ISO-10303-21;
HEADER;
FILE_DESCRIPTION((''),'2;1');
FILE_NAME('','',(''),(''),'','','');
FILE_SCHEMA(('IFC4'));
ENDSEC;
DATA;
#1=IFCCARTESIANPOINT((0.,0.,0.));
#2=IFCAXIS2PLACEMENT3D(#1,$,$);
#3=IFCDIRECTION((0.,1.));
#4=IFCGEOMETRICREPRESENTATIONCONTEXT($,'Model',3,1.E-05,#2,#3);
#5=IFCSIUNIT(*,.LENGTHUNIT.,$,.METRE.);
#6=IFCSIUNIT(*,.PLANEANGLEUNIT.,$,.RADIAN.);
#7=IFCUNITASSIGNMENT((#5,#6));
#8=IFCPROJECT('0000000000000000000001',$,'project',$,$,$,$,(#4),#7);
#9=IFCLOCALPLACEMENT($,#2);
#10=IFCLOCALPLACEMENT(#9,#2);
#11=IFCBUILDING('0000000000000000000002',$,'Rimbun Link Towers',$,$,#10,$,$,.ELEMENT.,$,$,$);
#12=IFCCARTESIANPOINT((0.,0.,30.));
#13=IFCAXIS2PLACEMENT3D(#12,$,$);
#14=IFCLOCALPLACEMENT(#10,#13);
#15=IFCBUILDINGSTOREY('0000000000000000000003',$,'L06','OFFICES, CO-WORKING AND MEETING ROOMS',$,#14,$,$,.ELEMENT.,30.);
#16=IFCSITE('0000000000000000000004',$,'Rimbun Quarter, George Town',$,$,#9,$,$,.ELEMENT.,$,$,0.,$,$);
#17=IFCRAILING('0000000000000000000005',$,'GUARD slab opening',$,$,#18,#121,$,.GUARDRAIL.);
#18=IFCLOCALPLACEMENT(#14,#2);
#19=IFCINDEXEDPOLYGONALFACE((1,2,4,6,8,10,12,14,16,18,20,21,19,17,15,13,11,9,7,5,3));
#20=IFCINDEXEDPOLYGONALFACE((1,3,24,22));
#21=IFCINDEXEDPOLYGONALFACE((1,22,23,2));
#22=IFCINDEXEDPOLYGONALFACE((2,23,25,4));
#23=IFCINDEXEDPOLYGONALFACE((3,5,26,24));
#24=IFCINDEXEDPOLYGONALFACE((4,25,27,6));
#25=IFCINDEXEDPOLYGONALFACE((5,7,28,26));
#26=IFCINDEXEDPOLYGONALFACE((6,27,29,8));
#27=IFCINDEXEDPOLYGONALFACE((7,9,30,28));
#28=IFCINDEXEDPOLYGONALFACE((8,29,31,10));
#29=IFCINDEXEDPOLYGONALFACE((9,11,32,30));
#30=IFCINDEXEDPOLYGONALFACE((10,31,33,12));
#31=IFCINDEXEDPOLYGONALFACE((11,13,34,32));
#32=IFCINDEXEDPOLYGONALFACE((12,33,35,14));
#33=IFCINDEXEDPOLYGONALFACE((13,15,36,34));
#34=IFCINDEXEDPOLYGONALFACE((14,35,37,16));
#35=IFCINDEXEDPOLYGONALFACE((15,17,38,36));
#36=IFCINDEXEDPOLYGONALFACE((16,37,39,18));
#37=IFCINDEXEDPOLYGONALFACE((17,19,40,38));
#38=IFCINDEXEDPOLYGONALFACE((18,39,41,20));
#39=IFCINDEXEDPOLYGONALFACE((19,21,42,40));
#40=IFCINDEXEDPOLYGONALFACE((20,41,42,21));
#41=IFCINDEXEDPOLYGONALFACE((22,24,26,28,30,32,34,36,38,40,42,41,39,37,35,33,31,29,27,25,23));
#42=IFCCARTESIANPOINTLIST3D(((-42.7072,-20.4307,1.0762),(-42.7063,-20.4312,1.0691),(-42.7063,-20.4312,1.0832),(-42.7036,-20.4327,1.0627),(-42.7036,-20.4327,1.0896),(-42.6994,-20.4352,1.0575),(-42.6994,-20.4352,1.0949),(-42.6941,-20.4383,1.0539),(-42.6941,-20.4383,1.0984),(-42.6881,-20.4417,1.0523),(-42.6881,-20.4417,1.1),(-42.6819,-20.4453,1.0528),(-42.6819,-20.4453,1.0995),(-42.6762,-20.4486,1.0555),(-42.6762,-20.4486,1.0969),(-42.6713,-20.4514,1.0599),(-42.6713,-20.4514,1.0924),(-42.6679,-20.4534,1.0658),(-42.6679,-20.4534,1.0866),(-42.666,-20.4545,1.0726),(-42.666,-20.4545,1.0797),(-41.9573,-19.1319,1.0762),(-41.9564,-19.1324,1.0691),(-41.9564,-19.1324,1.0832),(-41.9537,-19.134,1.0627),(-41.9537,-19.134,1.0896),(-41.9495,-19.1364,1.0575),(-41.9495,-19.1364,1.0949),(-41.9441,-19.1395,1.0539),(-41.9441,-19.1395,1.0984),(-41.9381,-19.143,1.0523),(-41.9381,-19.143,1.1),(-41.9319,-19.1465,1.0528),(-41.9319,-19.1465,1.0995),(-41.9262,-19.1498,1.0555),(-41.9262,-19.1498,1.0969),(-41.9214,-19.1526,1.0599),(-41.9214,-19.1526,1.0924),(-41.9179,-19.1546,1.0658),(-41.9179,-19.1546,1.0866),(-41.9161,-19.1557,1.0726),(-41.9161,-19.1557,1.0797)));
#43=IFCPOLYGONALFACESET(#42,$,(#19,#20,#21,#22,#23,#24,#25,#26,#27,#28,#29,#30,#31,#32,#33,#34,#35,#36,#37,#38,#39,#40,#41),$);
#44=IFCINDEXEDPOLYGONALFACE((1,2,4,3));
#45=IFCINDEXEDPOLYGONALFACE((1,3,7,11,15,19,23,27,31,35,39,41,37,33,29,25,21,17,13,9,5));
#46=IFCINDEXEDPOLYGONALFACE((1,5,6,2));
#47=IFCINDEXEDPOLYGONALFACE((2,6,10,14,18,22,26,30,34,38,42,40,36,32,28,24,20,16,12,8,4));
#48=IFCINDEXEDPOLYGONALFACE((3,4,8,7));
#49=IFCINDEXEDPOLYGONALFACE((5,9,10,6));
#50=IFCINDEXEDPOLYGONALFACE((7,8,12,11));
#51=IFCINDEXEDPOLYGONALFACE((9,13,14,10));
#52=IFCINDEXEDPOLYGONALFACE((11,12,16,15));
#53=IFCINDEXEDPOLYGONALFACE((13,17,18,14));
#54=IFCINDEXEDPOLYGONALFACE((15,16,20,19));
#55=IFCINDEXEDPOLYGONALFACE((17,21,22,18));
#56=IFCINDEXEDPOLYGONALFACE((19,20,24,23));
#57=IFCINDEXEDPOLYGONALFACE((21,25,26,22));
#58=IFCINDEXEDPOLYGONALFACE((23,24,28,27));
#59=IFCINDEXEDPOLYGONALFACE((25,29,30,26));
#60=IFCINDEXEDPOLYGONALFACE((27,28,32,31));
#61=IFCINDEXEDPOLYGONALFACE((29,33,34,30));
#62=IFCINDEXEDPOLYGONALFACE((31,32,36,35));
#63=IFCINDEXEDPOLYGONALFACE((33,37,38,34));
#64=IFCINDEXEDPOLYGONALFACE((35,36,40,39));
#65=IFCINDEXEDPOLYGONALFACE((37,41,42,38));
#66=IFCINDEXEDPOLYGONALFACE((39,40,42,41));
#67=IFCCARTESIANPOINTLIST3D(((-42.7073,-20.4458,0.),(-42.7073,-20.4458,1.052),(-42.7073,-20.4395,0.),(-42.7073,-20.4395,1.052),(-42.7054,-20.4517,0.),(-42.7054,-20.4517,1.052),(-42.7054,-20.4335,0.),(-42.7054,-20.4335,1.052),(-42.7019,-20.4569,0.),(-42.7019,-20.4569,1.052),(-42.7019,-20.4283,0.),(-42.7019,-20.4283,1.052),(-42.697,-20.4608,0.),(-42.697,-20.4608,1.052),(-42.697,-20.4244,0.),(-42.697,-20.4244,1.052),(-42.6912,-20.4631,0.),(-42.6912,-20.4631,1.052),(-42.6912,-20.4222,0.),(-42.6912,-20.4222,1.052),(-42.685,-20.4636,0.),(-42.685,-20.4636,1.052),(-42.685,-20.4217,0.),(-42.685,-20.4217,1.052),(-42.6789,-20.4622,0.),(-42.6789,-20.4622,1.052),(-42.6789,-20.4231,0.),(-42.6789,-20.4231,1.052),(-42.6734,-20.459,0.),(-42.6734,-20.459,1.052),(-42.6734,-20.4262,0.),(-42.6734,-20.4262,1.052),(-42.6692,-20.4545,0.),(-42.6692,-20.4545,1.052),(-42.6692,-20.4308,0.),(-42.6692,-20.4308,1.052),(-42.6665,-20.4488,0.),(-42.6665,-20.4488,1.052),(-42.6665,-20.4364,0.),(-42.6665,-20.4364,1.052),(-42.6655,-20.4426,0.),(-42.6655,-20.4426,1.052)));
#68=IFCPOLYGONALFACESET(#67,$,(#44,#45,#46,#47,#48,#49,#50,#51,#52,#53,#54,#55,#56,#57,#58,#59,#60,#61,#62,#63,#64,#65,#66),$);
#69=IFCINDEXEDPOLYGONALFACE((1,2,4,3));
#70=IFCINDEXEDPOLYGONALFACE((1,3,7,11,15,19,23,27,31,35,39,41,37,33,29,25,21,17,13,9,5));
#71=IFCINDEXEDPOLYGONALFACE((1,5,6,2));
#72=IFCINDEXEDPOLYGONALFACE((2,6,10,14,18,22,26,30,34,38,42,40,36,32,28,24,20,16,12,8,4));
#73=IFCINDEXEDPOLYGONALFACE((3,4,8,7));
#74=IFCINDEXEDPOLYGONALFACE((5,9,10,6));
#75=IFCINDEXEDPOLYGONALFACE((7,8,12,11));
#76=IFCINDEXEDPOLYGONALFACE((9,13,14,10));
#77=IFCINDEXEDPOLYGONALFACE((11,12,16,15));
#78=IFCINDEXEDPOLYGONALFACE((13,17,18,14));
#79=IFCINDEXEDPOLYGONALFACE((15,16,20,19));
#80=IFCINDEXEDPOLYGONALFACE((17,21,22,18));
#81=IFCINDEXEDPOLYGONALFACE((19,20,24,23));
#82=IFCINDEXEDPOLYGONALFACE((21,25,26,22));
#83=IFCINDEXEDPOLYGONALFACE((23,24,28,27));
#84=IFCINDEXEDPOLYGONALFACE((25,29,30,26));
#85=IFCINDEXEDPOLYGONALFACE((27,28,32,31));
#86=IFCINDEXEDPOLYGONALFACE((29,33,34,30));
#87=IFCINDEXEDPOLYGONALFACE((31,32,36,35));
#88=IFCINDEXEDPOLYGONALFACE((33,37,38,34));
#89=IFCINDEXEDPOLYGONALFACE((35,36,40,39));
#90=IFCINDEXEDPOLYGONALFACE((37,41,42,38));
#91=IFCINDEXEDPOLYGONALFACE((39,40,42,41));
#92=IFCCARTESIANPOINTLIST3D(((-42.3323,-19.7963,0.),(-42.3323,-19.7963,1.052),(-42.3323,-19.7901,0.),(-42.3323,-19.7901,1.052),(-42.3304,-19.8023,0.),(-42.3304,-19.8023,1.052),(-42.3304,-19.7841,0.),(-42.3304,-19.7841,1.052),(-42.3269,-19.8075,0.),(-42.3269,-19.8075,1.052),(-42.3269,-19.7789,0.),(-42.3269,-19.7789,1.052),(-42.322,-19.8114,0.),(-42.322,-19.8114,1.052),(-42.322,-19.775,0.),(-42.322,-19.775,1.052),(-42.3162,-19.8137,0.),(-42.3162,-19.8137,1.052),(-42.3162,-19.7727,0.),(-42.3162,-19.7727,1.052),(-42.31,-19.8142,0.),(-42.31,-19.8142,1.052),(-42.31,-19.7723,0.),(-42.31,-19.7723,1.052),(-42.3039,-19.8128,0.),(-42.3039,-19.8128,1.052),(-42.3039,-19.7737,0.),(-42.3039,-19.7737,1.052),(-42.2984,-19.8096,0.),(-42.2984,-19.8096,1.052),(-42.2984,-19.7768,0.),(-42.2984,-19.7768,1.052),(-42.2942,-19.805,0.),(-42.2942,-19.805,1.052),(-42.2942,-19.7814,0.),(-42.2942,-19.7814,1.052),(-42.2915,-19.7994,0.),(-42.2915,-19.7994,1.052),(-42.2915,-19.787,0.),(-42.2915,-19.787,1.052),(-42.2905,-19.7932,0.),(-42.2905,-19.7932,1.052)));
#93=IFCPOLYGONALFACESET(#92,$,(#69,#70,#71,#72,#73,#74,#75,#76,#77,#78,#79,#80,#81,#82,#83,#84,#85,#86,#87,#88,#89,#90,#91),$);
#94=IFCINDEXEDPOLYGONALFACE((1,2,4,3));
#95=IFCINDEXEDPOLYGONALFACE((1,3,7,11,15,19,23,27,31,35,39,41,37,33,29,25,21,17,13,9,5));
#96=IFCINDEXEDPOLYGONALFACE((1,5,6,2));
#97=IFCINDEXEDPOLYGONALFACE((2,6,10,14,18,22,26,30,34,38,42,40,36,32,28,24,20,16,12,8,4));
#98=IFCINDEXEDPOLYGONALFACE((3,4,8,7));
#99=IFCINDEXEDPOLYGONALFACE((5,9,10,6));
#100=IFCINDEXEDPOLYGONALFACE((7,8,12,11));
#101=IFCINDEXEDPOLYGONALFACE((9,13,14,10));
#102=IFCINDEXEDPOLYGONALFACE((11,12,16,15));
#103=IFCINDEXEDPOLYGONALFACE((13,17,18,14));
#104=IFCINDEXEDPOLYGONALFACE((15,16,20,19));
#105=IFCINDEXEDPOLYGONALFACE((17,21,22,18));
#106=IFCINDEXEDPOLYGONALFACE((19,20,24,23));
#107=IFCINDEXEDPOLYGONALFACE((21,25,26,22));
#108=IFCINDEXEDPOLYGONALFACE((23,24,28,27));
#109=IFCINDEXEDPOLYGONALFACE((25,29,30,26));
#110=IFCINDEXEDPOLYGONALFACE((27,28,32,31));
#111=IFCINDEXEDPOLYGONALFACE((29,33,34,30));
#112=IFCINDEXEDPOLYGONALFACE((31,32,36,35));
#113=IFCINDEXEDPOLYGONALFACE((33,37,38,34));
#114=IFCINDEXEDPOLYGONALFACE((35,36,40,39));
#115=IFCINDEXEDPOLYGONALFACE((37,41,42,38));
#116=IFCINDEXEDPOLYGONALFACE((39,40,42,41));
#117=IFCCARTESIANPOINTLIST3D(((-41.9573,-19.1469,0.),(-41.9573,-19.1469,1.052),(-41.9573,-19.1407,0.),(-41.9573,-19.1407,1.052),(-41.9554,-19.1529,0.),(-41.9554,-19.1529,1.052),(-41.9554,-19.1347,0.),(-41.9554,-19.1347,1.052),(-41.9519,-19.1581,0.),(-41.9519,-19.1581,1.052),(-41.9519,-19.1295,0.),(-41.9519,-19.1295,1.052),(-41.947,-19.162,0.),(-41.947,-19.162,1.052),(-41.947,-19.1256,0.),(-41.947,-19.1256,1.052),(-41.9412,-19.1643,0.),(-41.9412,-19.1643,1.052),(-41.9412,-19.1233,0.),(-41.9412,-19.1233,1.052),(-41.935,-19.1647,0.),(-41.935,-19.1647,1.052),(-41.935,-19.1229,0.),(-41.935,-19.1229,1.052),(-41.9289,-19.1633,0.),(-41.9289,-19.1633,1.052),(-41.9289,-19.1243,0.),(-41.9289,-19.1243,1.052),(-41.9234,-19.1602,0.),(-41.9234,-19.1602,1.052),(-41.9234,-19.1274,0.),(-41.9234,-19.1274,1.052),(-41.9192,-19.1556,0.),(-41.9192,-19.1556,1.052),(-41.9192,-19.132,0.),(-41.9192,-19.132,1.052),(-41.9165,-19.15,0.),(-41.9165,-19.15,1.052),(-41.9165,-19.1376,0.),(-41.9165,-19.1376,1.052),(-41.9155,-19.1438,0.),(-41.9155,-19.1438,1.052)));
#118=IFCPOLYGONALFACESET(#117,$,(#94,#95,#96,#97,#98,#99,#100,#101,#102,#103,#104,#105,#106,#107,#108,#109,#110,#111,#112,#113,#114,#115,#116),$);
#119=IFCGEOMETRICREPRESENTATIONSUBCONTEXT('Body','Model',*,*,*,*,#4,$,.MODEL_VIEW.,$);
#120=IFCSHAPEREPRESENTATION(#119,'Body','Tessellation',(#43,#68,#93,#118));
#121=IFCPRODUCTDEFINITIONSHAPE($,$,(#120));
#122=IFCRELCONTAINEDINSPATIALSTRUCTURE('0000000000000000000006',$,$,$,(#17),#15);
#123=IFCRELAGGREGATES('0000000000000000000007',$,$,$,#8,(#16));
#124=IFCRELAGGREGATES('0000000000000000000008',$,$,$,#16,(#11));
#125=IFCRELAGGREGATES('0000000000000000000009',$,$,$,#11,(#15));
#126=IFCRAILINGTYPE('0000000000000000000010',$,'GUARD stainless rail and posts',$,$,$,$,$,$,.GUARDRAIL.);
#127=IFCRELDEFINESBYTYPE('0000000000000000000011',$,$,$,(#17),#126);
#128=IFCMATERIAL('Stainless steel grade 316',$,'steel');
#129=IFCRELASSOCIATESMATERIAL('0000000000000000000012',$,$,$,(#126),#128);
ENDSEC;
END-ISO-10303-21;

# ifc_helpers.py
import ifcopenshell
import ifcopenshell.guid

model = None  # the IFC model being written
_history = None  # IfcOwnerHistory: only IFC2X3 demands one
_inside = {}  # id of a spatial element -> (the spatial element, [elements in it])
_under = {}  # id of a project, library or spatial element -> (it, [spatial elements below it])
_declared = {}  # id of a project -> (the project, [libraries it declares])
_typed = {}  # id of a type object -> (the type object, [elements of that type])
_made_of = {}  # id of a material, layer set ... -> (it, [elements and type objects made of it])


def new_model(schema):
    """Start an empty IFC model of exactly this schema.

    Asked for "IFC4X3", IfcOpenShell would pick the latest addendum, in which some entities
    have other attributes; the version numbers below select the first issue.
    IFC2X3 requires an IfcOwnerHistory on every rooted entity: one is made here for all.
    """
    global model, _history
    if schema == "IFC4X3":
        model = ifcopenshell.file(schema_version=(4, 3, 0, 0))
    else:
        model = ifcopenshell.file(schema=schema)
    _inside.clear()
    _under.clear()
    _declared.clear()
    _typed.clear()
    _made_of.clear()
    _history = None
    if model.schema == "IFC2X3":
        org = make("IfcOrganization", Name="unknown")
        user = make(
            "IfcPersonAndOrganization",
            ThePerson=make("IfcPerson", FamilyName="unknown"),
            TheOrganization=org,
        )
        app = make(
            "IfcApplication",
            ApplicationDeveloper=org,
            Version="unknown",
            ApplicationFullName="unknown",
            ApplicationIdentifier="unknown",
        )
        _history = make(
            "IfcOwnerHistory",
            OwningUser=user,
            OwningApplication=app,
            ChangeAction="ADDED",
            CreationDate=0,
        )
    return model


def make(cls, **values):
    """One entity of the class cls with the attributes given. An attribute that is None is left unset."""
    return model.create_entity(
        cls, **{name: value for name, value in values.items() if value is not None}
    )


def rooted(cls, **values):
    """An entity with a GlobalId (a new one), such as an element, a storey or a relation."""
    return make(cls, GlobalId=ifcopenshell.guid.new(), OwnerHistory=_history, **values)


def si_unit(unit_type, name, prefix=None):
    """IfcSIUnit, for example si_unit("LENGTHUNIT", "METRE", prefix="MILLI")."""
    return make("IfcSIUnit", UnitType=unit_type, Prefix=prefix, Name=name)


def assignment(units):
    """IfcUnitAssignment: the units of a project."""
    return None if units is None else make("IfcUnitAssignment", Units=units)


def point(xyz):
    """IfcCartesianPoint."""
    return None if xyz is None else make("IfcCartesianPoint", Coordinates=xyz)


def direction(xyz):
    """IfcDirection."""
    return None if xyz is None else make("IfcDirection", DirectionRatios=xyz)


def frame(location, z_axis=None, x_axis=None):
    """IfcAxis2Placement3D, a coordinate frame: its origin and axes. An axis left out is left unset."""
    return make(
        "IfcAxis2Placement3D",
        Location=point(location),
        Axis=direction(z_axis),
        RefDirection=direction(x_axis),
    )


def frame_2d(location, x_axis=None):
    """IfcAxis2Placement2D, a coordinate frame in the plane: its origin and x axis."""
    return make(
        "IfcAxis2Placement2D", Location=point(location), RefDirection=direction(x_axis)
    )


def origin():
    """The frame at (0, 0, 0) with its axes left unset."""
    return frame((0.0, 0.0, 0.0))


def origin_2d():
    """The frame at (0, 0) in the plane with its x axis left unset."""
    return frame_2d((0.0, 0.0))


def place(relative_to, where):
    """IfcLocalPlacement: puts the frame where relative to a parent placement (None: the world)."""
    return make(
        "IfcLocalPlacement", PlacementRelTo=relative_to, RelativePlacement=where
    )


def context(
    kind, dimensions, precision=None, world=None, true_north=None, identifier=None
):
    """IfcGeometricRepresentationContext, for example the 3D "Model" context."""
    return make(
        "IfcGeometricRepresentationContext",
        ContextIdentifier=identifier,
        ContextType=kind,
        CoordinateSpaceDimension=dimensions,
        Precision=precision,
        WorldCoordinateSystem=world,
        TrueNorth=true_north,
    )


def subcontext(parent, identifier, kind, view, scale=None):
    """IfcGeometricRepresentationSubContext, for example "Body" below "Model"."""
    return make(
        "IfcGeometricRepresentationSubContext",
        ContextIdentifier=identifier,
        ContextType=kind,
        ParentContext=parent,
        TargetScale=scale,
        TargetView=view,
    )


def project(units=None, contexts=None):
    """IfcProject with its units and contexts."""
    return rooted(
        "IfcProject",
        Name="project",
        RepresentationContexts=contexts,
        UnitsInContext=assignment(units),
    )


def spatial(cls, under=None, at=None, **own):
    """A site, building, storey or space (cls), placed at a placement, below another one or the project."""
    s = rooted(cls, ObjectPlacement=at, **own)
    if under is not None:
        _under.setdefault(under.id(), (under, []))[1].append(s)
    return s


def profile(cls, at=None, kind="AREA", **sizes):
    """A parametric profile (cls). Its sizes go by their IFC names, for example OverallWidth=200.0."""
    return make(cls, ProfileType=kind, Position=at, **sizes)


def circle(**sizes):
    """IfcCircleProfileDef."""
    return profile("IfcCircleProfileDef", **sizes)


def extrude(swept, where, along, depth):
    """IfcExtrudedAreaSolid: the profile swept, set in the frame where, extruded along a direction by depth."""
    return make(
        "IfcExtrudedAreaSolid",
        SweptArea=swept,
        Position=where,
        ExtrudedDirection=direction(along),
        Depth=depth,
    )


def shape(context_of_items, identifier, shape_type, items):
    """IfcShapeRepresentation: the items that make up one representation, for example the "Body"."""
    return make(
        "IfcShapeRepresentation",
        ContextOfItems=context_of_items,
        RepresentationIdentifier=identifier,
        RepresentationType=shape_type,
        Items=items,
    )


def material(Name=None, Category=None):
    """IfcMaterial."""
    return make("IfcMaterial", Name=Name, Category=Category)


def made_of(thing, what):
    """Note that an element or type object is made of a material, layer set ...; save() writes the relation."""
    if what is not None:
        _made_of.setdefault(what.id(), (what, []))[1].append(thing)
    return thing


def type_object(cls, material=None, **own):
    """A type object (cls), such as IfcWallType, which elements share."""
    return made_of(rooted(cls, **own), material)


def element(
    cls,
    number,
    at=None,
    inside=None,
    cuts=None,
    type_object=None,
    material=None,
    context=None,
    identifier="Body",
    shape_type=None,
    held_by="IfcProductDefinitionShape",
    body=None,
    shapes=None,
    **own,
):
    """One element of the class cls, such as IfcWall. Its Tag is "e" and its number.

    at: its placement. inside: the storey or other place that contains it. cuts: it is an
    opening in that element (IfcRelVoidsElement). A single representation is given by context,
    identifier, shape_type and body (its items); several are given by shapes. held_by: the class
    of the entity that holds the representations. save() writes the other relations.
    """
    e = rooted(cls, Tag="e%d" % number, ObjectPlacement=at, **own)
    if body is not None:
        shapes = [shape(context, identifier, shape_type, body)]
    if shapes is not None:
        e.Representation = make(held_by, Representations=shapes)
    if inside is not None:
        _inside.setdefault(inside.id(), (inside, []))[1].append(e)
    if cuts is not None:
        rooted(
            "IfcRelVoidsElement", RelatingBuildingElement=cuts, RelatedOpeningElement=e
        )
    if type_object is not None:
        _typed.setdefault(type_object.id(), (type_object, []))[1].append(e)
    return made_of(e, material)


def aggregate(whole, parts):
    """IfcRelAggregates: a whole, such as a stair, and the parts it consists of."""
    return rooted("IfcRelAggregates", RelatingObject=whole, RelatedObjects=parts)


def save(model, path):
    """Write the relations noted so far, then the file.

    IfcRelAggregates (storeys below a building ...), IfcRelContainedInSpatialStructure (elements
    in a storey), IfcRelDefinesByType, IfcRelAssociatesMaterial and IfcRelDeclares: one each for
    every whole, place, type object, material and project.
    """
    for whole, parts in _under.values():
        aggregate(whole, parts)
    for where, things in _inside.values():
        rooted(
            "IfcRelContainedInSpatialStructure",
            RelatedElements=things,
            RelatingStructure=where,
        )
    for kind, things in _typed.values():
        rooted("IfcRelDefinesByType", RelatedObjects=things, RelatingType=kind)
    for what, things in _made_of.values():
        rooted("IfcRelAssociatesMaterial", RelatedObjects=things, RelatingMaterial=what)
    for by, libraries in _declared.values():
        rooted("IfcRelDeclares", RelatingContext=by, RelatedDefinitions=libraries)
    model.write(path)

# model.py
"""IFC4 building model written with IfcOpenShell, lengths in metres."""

from ifc_helpers import new_model, si_unit, direction, frame, origin, origin_2d, place, context, subcontext, project, spatial, circle, extrude, material, type_object, element, save


model = new_model("IFC4")

# Units and contexts
model_context = context("Model", 3, precision=1e-05, world=origin(), true_north=direction((0.0, 1.0)))
body_context = subcontext(model_context, "Body", "Model", "MODEL_VIEW")
ifc_project = project(units=[si_unit("LENGTHUNIT", "METRE"), si_unit("PLANEANGLEUNIT", "RADIAN")], contexts=[model_context])

# Site, building, storey
site_placement = place(None, origin())
site = spatial("IfcSite", under=ifc_project, at=site_placement, Name="Rimbun Quarter, George Town", CompositionType="ELEMENT", RefElevation=0.0)
building_placement = place(site_placement, origin())
building = spatial("IfcBuilding", under=site, at=building_placement, Name="Rimbun Link Towers", CompositionType="ELEMENT")
storey_placement = place(building_placement, frame((0.0, 0.0, 30.0)))
storey = spatial("IfcBuildingStorey", under=building, at=storey_placement, Name="L06", Description="OFFICES, CO-WORKING AND MEETING ROOMS", CompositionType="ELEMENT", Elevation=30.0)

# Railing
ifc_material_1 = material(Name="Stainless steel grade 316", Category="steel")
railing_type_1 = type_object("IfcRailingType", Name="GUARD stainless rail and posts", PredefinedType="GUARDRAIL", material=ifc_material_1)
railing_1_placement = place(storey_placement, frame((-42.6865, -20.4426, 0.0)))
element("IfcRailing", 1, at=railing_1_placement, inside=storey, type_object=railing_type_1, Name="GUARD slab opening", PredefinedType="GUARDRAIL", context=body_context, shape_type="SweptSolid", body=[
    extrude(circle(Radius=0.0239, at=origin_2d()), frame((0.0, 0.0, 1.0762), z_axis=(0.500061, 0.86599, 0.0), x_axis=(-0.86599, 0.500061, 0.0)), (0.0, 0.0, 1.0), 1.4998),
    extrude(circle(Radius=0.021, at=origin_2d()), origin(), (0.0, 0.0, 1.0), 1.052),
    extrude(circle(Radius=0.021, at=origin_2d()), frame((0.375, 0.6494, 0.0)), (0.0, 0.0, 1.0), 1.052),
    extrude(circle(Radius=0.021, at=origin_2d()), frame((0.75, 1.2988, 0.0)), (0.0, 0.0, 1.0), 1.052),
])

save(model, "model.ifc")
